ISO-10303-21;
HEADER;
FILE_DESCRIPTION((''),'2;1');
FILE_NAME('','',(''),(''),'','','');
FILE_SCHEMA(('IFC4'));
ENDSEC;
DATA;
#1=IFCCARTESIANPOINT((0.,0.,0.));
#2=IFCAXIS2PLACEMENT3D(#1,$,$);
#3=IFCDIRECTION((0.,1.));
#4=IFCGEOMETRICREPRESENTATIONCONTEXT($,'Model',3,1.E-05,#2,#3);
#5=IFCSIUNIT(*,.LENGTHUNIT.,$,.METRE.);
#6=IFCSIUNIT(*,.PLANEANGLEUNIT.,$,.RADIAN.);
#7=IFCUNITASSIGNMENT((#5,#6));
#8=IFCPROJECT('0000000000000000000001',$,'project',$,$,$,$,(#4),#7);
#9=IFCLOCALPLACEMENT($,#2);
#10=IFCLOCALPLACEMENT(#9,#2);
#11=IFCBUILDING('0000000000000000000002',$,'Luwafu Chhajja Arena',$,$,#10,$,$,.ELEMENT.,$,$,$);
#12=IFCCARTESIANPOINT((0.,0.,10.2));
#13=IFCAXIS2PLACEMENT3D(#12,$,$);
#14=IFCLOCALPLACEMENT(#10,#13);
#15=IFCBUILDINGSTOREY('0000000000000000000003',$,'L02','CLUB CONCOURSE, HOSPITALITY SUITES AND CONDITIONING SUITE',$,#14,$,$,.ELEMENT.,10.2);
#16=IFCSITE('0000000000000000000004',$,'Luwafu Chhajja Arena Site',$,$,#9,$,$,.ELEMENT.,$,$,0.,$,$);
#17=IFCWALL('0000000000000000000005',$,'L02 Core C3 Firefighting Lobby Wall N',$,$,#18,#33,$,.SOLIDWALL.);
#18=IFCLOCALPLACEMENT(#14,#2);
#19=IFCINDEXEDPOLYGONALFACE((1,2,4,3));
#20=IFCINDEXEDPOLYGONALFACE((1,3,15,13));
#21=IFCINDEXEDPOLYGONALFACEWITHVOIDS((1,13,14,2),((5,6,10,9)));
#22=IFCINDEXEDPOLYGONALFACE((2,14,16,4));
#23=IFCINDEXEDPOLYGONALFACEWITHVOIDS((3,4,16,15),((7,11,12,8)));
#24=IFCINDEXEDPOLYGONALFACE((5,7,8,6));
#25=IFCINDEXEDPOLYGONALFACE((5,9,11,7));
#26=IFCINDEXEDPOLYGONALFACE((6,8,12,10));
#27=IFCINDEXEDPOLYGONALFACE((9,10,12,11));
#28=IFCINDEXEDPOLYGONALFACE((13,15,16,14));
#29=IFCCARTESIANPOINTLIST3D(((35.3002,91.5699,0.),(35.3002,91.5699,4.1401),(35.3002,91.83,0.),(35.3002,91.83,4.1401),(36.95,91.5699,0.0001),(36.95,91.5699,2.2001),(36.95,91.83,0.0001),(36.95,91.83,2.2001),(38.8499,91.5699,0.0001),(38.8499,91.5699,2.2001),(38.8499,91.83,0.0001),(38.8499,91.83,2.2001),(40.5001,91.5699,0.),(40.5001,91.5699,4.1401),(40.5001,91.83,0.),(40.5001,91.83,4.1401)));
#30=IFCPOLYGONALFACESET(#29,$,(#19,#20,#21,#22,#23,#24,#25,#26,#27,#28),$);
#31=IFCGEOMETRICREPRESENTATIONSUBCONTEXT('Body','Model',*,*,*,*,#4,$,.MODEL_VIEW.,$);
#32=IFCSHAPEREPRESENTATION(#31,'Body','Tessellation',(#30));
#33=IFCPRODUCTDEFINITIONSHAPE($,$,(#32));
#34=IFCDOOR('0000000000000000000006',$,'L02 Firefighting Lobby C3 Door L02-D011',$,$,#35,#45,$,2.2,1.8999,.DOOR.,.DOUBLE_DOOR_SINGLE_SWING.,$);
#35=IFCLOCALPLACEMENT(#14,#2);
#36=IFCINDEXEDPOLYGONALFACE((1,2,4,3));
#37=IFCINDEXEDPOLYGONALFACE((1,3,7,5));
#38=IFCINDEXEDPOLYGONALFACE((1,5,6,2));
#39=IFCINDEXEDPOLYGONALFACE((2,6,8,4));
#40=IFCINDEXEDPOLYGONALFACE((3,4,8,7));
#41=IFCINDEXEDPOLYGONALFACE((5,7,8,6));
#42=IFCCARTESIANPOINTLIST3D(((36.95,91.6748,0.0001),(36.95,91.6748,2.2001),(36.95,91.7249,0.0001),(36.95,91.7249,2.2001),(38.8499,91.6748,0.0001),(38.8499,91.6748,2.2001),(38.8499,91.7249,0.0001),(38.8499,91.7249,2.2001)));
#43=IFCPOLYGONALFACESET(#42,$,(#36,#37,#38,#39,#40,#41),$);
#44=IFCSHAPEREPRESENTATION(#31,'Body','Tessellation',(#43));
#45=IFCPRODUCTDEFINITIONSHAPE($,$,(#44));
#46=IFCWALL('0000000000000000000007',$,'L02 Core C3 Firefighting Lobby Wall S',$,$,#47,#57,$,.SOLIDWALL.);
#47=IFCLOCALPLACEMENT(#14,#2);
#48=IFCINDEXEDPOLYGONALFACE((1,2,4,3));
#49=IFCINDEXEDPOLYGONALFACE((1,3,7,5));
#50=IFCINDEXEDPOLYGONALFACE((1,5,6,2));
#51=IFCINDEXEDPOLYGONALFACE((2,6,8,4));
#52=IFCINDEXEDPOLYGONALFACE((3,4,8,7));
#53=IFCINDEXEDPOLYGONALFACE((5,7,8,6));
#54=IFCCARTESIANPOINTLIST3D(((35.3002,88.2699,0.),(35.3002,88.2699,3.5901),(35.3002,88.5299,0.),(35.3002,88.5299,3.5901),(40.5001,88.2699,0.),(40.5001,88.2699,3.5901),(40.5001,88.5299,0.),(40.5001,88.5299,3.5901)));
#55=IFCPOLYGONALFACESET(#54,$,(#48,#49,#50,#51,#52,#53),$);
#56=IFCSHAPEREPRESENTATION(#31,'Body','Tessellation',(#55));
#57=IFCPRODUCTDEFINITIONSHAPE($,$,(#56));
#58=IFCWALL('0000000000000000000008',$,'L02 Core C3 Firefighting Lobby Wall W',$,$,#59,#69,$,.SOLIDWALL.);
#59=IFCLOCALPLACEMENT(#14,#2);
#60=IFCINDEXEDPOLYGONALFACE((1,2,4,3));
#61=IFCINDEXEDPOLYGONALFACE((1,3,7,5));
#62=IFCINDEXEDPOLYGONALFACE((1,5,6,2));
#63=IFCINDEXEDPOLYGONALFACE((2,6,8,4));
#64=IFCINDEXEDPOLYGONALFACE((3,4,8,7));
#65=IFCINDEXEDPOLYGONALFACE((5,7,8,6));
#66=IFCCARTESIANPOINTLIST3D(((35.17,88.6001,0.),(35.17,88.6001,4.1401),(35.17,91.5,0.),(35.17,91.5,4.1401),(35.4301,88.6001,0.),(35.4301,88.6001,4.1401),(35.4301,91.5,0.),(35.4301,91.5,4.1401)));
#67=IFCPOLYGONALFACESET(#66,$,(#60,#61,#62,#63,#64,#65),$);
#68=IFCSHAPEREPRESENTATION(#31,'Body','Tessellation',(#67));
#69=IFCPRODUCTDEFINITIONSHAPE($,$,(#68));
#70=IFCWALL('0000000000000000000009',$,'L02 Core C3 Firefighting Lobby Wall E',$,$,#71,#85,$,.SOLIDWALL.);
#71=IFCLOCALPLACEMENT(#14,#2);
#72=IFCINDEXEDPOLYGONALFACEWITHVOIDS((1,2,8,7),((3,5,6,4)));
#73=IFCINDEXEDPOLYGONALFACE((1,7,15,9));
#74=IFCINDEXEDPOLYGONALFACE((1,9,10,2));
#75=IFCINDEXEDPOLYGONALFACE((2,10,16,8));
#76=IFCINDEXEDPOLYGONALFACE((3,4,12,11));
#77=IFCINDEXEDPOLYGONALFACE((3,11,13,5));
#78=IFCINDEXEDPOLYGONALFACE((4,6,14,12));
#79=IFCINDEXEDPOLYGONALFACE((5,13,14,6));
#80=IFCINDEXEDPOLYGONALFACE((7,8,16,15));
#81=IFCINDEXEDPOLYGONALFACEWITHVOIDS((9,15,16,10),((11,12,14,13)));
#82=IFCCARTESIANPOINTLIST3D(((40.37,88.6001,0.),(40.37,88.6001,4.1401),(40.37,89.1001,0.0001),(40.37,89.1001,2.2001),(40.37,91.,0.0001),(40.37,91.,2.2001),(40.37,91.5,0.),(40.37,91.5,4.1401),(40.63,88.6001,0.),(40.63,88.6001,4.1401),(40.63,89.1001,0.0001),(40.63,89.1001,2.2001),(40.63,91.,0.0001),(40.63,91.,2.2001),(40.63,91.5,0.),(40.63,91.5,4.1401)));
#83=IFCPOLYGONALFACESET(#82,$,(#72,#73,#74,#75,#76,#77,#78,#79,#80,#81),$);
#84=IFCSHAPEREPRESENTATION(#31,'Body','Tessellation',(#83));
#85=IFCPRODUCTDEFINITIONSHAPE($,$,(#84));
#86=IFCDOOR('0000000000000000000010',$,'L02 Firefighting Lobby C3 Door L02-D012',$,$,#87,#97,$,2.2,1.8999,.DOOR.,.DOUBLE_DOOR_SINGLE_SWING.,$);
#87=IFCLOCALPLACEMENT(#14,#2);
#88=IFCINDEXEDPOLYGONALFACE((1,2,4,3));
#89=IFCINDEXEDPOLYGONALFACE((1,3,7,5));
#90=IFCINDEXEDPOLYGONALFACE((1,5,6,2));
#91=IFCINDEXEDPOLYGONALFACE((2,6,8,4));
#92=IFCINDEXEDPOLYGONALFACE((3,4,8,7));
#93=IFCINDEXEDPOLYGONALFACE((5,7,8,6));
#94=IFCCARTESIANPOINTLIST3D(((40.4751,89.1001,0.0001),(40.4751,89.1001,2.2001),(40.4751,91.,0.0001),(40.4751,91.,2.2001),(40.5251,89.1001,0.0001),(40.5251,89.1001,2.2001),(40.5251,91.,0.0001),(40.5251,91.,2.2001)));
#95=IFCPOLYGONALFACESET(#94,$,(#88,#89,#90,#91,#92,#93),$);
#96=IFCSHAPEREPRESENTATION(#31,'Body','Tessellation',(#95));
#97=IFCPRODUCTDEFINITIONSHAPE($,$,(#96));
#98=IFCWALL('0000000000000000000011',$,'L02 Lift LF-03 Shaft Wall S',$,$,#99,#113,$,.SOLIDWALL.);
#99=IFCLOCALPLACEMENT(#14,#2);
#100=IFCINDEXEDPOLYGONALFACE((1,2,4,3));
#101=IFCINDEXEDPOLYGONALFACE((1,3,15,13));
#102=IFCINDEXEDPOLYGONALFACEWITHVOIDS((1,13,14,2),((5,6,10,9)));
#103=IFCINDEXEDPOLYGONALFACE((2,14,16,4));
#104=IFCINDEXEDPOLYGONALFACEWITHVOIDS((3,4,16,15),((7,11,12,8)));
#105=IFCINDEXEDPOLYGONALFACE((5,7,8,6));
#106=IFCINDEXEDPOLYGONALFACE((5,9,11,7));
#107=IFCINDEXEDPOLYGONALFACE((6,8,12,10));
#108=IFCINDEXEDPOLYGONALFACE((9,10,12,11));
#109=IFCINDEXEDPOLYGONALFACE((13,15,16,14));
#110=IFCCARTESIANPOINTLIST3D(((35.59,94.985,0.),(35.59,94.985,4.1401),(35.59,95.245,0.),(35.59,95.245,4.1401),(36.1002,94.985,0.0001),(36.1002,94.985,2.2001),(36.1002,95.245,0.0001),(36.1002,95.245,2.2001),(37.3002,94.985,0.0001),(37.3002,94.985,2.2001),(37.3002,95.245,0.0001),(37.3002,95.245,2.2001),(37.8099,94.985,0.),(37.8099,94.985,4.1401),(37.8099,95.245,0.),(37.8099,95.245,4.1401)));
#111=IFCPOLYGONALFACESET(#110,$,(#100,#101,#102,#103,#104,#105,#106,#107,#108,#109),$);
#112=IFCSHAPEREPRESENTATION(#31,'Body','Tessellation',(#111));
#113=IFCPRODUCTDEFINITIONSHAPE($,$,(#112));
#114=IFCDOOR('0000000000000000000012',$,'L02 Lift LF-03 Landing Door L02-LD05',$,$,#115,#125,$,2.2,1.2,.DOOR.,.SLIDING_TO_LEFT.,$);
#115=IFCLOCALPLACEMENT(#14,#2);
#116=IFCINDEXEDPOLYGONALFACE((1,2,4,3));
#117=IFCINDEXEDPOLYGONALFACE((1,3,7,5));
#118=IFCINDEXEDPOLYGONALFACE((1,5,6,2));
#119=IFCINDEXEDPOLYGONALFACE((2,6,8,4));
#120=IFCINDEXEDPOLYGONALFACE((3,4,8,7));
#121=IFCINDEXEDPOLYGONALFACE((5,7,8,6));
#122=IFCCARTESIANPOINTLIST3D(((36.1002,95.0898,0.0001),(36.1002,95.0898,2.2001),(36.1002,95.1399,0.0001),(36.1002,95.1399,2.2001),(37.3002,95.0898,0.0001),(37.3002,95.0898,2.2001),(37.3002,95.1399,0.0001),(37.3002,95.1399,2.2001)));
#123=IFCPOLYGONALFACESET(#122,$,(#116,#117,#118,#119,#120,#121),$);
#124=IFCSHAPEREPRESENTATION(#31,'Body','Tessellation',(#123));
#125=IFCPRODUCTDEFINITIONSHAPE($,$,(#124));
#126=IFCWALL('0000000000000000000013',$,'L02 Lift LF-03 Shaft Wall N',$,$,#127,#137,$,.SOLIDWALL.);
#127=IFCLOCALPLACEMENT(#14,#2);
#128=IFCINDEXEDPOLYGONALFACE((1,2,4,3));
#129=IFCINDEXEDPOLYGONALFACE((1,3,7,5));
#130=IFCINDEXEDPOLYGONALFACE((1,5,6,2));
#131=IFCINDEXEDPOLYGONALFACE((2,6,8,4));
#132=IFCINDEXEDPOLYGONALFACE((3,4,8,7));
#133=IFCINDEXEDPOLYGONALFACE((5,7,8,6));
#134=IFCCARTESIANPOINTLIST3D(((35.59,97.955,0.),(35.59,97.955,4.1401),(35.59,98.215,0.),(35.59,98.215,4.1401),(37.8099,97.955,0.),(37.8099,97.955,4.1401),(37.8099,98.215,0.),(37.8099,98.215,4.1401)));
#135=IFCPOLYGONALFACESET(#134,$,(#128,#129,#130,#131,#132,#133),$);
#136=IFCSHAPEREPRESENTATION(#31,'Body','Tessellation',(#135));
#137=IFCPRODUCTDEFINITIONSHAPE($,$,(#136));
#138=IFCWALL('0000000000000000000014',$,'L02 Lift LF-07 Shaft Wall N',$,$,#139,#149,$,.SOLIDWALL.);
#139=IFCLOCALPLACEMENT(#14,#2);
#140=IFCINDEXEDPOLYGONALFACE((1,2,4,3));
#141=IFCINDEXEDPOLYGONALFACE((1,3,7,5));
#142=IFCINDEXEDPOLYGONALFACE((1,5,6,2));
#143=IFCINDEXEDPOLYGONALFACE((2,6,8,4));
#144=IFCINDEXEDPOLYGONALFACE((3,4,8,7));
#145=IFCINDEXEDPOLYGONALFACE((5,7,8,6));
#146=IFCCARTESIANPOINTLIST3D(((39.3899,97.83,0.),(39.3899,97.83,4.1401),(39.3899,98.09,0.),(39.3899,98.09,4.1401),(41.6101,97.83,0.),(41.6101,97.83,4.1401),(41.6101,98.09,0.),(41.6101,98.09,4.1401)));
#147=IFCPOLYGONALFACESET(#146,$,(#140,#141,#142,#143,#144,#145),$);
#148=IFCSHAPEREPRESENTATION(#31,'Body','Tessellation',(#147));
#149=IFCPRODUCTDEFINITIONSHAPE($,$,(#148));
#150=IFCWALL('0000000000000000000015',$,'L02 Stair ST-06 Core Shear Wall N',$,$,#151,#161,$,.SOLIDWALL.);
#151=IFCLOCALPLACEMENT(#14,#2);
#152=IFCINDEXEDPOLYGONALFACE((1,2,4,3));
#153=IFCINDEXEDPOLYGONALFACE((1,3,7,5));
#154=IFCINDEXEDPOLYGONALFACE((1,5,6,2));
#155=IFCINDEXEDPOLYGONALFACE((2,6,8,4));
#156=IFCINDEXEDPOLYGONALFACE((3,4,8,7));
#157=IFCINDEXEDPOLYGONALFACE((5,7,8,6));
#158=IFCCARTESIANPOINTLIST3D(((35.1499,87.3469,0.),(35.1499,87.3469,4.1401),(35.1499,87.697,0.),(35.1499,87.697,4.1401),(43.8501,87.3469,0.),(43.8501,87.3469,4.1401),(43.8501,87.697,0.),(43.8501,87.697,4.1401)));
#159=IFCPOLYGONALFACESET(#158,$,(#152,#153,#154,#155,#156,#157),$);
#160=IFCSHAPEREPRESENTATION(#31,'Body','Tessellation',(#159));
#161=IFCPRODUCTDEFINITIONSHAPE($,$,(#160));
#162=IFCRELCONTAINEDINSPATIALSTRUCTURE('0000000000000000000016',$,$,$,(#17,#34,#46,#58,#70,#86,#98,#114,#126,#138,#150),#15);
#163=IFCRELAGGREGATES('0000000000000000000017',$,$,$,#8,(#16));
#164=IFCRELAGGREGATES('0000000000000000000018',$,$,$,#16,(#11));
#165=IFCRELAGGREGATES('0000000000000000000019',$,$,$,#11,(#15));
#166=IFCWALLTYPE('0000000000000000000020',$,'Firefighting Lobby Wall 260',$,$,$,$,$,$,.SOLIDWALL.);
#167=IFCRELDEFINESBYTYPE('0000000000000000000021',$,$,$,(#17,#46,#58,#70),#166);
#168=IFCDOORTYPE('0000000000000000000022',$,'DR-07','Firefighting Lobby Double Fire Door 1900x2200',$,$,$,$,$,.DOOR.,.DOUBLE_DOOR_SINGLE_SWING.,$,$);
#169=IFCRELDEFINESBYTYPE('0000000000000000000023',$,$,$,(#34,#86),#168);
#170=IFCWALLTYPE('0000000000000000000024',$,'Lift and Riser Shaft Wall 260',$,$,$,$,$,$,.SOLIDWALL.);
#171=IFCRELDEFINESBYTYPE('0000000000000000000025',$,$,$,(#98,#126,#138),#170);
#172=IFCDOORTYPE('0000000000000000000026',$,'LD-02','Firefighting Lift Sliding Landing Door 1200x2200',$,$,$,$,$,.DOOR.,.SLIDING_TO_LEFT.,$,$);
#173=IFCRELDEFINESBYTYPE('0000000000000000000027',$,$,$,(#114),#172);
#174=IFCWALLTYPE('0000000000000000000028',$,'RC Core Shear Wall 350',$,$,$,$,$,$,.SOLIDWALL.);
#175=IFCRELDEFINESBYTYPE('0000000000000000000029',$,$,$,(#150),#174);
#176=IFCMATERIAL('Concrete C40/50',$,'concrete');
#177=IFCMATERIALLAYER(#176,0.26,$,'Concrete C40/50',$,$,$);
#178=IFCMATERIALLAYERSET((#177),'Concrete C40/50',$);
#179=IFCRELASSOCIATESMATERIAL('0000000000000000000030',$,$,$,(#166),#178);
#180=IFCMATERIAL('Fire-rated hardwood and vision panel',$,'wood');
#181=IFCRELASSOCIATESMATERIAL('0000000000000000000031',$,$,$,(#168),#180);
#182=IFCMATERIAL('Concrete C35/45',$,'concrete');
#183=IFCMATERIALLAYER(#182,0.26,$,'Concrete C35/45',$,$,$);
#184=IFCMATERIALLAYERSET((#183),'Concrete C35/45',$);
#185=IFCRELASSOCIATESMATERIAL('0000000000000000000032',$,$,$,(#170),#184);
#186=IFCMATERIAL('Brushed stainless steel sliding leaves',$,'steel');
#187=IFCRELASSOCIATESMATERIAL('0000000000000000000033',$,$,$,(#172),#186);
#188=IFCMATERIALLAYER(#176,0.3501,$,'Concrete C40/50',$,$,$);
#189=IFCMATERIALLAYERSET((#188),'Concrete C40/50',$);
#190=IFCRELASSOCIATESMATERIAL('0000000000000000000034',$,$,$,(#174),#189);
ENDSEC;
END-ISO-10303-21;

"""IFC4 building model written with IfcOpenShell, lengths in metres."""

from ifc_helpers import new_model, si_unit, direction, frame, frame_2d, origin, place, context, subcontext, project, spatial, rectangle, extrude, material, layer, layer_set, type_object, element, fill, save


model = new_model("IFC4")

# Units and contexts
model_context = context("Model", 3, precision=1e-05, world=origin(), true_north=direction((0.0, 1.0)))
body_context = subcontext(model_context, "Body", "Model", "MODEL_VIEW")
ifc_project = project(units=[si_unit("LENGTHUNIT", "METRE"), si_unit("PLANEANGLEUNIT", "RADIAN")], contexts=[model_context])

# Site, building, storey
site_placement = place(None, origin())
site = spatial("IfcSite", under=ifc_project, at=site_placement, Name="Luwafu Chhajja Arena Site", CompositionType="ELEMENT", RefElevation=0.0)
building_placement = place(site_placement, origin())
building = spatial("IfcBuilding", under=site, at=building_placement, Name="Luwafu Chhajja Arena", CompositionType="ELEMENT")
storey_placement = place(building_placement, frame((0.0, 0.0, 10.2)))
storey = spatial("IfcBuildingStorey", under=building, at=storey_placement, Name="L02", Description="CLUB CONCOURSE, HOSPITALITY SUITES AND CONDITIONING SUITE", CompositionType="ELEMENT", Elevation=10.2)

# Shared definitions
ifc_material_1 = material(Name="Concrete C35/45", Category="concrete")

# Wall, opening, door
ifc_material_2 = material(Name="Concrete C40/50", Category="concrete")
ifc_layer_1 = layer(ifc_material_2, 0.26, Name="Concrete C40/50")
ifc_layer_set_1 = layer_set([ifc_layer_1], Name="Concrete C40/50")
wall_type_1 = type_object("IfcWallType", Name="Firefighting Lobby Wall 260", PredefinedType="SOLIDWALL", material=ifc_layer_set_1)
wall_1_placement = place(storey_placement, frame((35.3, 91.7, 0.0), z_axis=(0.0, 0.0, 1.0), x_axis=(1.0, 0.0, 0.0)))
wall_1 = element("IfcWall", 1, at=wall_1_placement, inside=storey, type_object=wall_type_1, Name="L02 Core C3 Firefighting Lobby Wall N", PredefinedType="SOLIDWALL", context=body_context, shape_type="SweptSolid", body=[
    extrude(rectangle(XDim=5.2, YDim=0.26, at=frame_2d((2.6001, 0.0))), origin(), (0.0, 0.0, 1.0), 4.1401),
])
opening_1_placement = place(wall_1_placement, frame((1.6499, 0.0, 0.0)))
opening_1 = element("IfcOpeningElement", 2, at=opening_1_placement, cuts=wall_1, PredefinedType="OPENING", context=body_context, shape_type="SweptSolid", body=[
    extrude(rectangle(XDim=1.8999, YDim=2.2, at=frame_2d((0.95, 1.1001))), frame((0.0, 0.1399, 0.0), z_axis=(0.0, -1.0, 0.0), x_axis=(1.0, 0.0, 0.0)), (0.0, 0.0, 1.0), 0.28),
])
ifc_material_3 = material(Name="Fire-rated hardwood and vision panel", Category="wood")
door_type_1 = type_object("IfcDoorType", Name="DR-07", Description="Firefighting Lobby Double Fire Door 1900x2200", OperationType="DOUBLE_DOOR_SINGLE_SWING", PredefinedType="DOOR", material=ifc_material_3)
door_1_placement = place(opening_1_placement, origin())
door_1 = element("IfcDoor", 3, at=door_1_placement, inside=storey, type_object=door_type_1, Name="L02 Firefighting Lobby C3 Door L02-D011", OperationType="DOUBLE_DOOR_SINGLE_SWING", OverallHeight=2.2, OverallWidth=1.8999, PredefinedType="DOOR", context=body_context, shape_type="SweptSolid", body=[
    extrude(rectangle(XDim=1.8999, YDim=2.2, at=frame_2d((0.95, 1.1001))), frame((0.0, 0.0249, 0.0), z_axis=(0.0, -1.0, 0.0), x_axis=(1.0, 0.0, 0.0)), (0.0, 0.0, 1.0), 0.05),
])
fill(opening_1, door_1)

# Walls
wall_2_placement = place(storey_placement, frame((35.3, 88.3999, 0.0), z_axis=(0.0, 0.0, 1.0), x_axis=(1.0, 0.0, 0.0)))
element("IfcWall", 4, at=wall_2_placement, inside=storey, type_object=wall_type_1, Name="L02 Core C3 Firefighting Lobby Wall S", PredefinedType="SOLIDWALL", context=body_context, shape_type="SweptSolid", body=[
    extrude(rectangle(XDim=5.2, YDim=0.26, at=frame_2d((2.6001, 0.0))), origin(), (0.0, 0.0, 1.0), 3.5901),
])
wall_3_placement = place(storey_placement, frame((35.3, 88.6001, 0.0), z_axis=(0.0, 0.0, 1.0), x_axis=(0.0, 1.0, 0.0)))
element("IfcWall", 5, at=wall_3_placement, inside=storey, type_object=wall_type_1, Name="L02 Core C3 Firefighting Lobby Wall W", PredefinedType="SOLIDWALL", context=body_context, shape_type="SweptSolid", body=[
    extrude(rectangle(XDim=2.8999, YDim=0.26, at=frame_2d((1.45, 0.0))), origin(), (0.0, 0.0, 1.0), 4.1401),
])

# Walls, openings, doors
wall_4_placement = place(storey_placement, frame((40.5, 88.6001, 0.0), z_axis=(0.0, 0.0, 1.0), x_axis=(0.0, 1.0, 0.0)))
wall_4 = element("IfcWall", 6, at=wall_4_placement, inside=storey, type_object=wall_type_1, Name="L02 Core C3 Firefighting Lobby Wall E", PredefinedType="SOLIDWALL", context=body_context, shape_type="SweptSolid", body=[
    extrude(rectangle(XDim=2.8999, YDim=0.26, at=frame_2d((1.45, 0.0))), origin(), (0.0, 0.0, 1.0), 4.1401),
])
opening_2_placement = place(wall_4_placement, frame((0.5, 0.0, 0.0)))
opening_2 = element("IfcOpeningElement", 7, at=opening_2_placement, cuts=wall_4, PredefinedType="OPENING", context=body_context, shape_type="SweptSolid", body=[
    extrude(rectangle(XDim=1.8999, YDim=2.2, at=frame_2d((0.95, 1.1001))), frame((0.0, 0.1399, 0.0), z_axis=(0.0, -1.0, 0.0), x_axis=(1.0, 0.0, 0.0)), (0.0, 0.0, 1.0), 0.28),
])
door_2_placement = place(opening_2_placement, origin())
door_2 = element("IfcDoor", 8, at=door_2_placement, inside=storey, type_object=door_type_1, Name="L02 Firefighting Lobby C3 Door L02-D012", OperationType="DOUBLE_DOOR_SINGLE_SWING", OverallHeight=2.2, OverallWidth=1.8999, PredefinedType="DOOR", context=body_context, shape_type="SweptSolid", body=[
    extrude(rectangle(XDim=1.8999, YDim=2.2, at=frame_2d((0.95, 1.1001))), frame((0.0, 0.0249, 0.0), z_axis=(0.0, -1.0, 0.0), x_axis=(1.0, 0.0, 0.0)), (0.0, 0.0, 1.0), 0.05),
])
fill(opening_2, door_2)
ifc_layer_2 = layer(ifc_material_1, 0.26, Name="Concrete C35/45")
ifc_layer_set_2 = layer_set([ifc_layer_2], Name="Concrete C35/45")
wall_type_2 = type_object("IfcWallType", Name="Lift and Riser Shaft Wall 260", PredefinedType="SOLIDWALL", material=ifc_layer_set_2)
wall_5_placement = place(storey_placement, frame((35.5901, 95.115, 0.0), z_axis=(0.0, 0.0, 1.0), x_axis=(1.0, 0.0, 0.0)))
wall_5 = element("IfcWall", 9, at=wall_5_placement, inside=storey, type_object=wall_type_2, Name="L02 Lift LF-03 Shaft Wall S", PredefinedType="SOLIDWALL", context=body_context, shape_type="SweptSolid", body=[
    extrude(rectangle(XDim=2.22, YDim=0.26, at=frame_2d((1.1099, 0.0))), origin(), (0.0, 0.0, 1.0), 4.1401),
])
opening_3_placement = place(wall_5_placement, frame((0.51, 0.0, 0.0)))
opening_3 = element("IfcOpeningElement", 10, at=opening_3_placement, cuts=wall_5, PredefinedType="OPENING", context=body_context, shape_type="SweptSolid", body=[
    extrude(rectangle(XDim=1.2, YDim=2.2, at=frame_2d((0.6001, 1.1001))), frame((0.0, 0.1399, 0.0), z_axis=(0.0, -1.0, 0.0), x_axis=(1.0, 0.0, 0.0)), (0.0, 0.0, 1.0), 0.28),
])
ifc_material_4 = material(Name="Brushed stainless steel sliding leaves", Category="steel")
door_type_2 = type_object("IfcDoorType", Name="LD-02", Description="Firefighting Lift Sliding Landing Door 1200x2200", OperationType="SLIDING_TO_LEFT", PredefinedType="DOOR", material=ifc_material_4)
door_3_placement = place(opening_3_placement, origin())
door_3 = element("IfcDoor", 11, at=door_3_placement, inside=storey, type_object=door_type_2, Name="L02 Lift LF-03 Landing Door L02-LD05", OperationType="SLIDING_TO_LEFT", OverallHeight=2.2, OverallWidth=1.2, PredefinedType="DOOR", context=body_context, shape_type="SweptSolid", body=[
    extrude(rectangle(XDim=1.2, YDim=2.2, at=frame_2d((0.6001, 1.1001))), frame((0.0, 0.0249, 0.0), z_axis=(0.0, -1.0, 0.0), x_axis=(1.0, 0.0, 0.0)), (0.0, 0.0, 1.0), 0.05),
])
fill(opening_3, door_3)

# Wall
wall_6_placement = place(storey_placement, frame((35.5901, 98.085, 0.0), z_axis=(0.0, 0.0, 1.0), x_axis=(1.0, 0.0, 0.0)))
element("IfcWall", 12, at=wall_6_placement, inside=storey, type_object=wall_type_2, Name="L02 Lift LF-03 Shaft Wall N", PredefinedType="SOLIDWALL", context=body_context, shape_type="SweptSolid", body=[
    extrude(rectangle(XDim=2.22, YDim=0.26, at=frame_2d((1.1099, 0.0))), origin(), (0.0, 0.0, 1.0), 4.1401),
])

# Walls
wall_7_placement = place(storey_placement, frame((39.3899, 97.96, 0.0), z_axis=(0.0, 0.0, 1.0), x_axis=(1.0, 0.0, 0.0)))
element("IfcWall", 13, at=wall_7_placement, inside=storey, type_object=wall_type_2, Name="L02 Lift LF-07 Shaft Wall N", PredefinedType="SOLIDWALL", context=body_context, shape_type="SweptSolid", body=[
    extrude(rectangle(XDim=2.2202, YDim=0.26, at=frame_2d((1.1101, 0.0))), origin(), (0.0, 0.0, 1.0), 4.1401),
])
ifc_layer_3 = layer(ifc_material_2, 0.3501, Name="Concrete C40/50")
ifc_layer_set_3 = layer_set([ifc_layer_3], Name="Concrete C40/50")
wall_type_3 = type_object("IfcWallType", Name="RC Core Shear Wall 350", PredefinedType="SOLIDWALL", material=ifc_layer_set_3)
wall_8_placement = place(storey_placement, frame((35.1499, 87.522, 0.0), z_axis=(0.0, 0.0, 1.0), x_axis=(1.0, 0.0, 0.0)))
element("IfcWall", 14, at=wall_8_placement, inside=storey, type_object=wall_type_3, Name="L02 Stair ST-06 Core Shear Wall N", PredefinedType="SOLIDWALL", context=body_context, shape_type="SweptSolid", body=[
    extrude(rectangle(XDim=8.7002, YDim=0.3501, at=frame_2d((4.3501, 0.0))), origin(), (0.0, 0.0, 1.0), 4.1401),
])

save(model, "model.ifc")
